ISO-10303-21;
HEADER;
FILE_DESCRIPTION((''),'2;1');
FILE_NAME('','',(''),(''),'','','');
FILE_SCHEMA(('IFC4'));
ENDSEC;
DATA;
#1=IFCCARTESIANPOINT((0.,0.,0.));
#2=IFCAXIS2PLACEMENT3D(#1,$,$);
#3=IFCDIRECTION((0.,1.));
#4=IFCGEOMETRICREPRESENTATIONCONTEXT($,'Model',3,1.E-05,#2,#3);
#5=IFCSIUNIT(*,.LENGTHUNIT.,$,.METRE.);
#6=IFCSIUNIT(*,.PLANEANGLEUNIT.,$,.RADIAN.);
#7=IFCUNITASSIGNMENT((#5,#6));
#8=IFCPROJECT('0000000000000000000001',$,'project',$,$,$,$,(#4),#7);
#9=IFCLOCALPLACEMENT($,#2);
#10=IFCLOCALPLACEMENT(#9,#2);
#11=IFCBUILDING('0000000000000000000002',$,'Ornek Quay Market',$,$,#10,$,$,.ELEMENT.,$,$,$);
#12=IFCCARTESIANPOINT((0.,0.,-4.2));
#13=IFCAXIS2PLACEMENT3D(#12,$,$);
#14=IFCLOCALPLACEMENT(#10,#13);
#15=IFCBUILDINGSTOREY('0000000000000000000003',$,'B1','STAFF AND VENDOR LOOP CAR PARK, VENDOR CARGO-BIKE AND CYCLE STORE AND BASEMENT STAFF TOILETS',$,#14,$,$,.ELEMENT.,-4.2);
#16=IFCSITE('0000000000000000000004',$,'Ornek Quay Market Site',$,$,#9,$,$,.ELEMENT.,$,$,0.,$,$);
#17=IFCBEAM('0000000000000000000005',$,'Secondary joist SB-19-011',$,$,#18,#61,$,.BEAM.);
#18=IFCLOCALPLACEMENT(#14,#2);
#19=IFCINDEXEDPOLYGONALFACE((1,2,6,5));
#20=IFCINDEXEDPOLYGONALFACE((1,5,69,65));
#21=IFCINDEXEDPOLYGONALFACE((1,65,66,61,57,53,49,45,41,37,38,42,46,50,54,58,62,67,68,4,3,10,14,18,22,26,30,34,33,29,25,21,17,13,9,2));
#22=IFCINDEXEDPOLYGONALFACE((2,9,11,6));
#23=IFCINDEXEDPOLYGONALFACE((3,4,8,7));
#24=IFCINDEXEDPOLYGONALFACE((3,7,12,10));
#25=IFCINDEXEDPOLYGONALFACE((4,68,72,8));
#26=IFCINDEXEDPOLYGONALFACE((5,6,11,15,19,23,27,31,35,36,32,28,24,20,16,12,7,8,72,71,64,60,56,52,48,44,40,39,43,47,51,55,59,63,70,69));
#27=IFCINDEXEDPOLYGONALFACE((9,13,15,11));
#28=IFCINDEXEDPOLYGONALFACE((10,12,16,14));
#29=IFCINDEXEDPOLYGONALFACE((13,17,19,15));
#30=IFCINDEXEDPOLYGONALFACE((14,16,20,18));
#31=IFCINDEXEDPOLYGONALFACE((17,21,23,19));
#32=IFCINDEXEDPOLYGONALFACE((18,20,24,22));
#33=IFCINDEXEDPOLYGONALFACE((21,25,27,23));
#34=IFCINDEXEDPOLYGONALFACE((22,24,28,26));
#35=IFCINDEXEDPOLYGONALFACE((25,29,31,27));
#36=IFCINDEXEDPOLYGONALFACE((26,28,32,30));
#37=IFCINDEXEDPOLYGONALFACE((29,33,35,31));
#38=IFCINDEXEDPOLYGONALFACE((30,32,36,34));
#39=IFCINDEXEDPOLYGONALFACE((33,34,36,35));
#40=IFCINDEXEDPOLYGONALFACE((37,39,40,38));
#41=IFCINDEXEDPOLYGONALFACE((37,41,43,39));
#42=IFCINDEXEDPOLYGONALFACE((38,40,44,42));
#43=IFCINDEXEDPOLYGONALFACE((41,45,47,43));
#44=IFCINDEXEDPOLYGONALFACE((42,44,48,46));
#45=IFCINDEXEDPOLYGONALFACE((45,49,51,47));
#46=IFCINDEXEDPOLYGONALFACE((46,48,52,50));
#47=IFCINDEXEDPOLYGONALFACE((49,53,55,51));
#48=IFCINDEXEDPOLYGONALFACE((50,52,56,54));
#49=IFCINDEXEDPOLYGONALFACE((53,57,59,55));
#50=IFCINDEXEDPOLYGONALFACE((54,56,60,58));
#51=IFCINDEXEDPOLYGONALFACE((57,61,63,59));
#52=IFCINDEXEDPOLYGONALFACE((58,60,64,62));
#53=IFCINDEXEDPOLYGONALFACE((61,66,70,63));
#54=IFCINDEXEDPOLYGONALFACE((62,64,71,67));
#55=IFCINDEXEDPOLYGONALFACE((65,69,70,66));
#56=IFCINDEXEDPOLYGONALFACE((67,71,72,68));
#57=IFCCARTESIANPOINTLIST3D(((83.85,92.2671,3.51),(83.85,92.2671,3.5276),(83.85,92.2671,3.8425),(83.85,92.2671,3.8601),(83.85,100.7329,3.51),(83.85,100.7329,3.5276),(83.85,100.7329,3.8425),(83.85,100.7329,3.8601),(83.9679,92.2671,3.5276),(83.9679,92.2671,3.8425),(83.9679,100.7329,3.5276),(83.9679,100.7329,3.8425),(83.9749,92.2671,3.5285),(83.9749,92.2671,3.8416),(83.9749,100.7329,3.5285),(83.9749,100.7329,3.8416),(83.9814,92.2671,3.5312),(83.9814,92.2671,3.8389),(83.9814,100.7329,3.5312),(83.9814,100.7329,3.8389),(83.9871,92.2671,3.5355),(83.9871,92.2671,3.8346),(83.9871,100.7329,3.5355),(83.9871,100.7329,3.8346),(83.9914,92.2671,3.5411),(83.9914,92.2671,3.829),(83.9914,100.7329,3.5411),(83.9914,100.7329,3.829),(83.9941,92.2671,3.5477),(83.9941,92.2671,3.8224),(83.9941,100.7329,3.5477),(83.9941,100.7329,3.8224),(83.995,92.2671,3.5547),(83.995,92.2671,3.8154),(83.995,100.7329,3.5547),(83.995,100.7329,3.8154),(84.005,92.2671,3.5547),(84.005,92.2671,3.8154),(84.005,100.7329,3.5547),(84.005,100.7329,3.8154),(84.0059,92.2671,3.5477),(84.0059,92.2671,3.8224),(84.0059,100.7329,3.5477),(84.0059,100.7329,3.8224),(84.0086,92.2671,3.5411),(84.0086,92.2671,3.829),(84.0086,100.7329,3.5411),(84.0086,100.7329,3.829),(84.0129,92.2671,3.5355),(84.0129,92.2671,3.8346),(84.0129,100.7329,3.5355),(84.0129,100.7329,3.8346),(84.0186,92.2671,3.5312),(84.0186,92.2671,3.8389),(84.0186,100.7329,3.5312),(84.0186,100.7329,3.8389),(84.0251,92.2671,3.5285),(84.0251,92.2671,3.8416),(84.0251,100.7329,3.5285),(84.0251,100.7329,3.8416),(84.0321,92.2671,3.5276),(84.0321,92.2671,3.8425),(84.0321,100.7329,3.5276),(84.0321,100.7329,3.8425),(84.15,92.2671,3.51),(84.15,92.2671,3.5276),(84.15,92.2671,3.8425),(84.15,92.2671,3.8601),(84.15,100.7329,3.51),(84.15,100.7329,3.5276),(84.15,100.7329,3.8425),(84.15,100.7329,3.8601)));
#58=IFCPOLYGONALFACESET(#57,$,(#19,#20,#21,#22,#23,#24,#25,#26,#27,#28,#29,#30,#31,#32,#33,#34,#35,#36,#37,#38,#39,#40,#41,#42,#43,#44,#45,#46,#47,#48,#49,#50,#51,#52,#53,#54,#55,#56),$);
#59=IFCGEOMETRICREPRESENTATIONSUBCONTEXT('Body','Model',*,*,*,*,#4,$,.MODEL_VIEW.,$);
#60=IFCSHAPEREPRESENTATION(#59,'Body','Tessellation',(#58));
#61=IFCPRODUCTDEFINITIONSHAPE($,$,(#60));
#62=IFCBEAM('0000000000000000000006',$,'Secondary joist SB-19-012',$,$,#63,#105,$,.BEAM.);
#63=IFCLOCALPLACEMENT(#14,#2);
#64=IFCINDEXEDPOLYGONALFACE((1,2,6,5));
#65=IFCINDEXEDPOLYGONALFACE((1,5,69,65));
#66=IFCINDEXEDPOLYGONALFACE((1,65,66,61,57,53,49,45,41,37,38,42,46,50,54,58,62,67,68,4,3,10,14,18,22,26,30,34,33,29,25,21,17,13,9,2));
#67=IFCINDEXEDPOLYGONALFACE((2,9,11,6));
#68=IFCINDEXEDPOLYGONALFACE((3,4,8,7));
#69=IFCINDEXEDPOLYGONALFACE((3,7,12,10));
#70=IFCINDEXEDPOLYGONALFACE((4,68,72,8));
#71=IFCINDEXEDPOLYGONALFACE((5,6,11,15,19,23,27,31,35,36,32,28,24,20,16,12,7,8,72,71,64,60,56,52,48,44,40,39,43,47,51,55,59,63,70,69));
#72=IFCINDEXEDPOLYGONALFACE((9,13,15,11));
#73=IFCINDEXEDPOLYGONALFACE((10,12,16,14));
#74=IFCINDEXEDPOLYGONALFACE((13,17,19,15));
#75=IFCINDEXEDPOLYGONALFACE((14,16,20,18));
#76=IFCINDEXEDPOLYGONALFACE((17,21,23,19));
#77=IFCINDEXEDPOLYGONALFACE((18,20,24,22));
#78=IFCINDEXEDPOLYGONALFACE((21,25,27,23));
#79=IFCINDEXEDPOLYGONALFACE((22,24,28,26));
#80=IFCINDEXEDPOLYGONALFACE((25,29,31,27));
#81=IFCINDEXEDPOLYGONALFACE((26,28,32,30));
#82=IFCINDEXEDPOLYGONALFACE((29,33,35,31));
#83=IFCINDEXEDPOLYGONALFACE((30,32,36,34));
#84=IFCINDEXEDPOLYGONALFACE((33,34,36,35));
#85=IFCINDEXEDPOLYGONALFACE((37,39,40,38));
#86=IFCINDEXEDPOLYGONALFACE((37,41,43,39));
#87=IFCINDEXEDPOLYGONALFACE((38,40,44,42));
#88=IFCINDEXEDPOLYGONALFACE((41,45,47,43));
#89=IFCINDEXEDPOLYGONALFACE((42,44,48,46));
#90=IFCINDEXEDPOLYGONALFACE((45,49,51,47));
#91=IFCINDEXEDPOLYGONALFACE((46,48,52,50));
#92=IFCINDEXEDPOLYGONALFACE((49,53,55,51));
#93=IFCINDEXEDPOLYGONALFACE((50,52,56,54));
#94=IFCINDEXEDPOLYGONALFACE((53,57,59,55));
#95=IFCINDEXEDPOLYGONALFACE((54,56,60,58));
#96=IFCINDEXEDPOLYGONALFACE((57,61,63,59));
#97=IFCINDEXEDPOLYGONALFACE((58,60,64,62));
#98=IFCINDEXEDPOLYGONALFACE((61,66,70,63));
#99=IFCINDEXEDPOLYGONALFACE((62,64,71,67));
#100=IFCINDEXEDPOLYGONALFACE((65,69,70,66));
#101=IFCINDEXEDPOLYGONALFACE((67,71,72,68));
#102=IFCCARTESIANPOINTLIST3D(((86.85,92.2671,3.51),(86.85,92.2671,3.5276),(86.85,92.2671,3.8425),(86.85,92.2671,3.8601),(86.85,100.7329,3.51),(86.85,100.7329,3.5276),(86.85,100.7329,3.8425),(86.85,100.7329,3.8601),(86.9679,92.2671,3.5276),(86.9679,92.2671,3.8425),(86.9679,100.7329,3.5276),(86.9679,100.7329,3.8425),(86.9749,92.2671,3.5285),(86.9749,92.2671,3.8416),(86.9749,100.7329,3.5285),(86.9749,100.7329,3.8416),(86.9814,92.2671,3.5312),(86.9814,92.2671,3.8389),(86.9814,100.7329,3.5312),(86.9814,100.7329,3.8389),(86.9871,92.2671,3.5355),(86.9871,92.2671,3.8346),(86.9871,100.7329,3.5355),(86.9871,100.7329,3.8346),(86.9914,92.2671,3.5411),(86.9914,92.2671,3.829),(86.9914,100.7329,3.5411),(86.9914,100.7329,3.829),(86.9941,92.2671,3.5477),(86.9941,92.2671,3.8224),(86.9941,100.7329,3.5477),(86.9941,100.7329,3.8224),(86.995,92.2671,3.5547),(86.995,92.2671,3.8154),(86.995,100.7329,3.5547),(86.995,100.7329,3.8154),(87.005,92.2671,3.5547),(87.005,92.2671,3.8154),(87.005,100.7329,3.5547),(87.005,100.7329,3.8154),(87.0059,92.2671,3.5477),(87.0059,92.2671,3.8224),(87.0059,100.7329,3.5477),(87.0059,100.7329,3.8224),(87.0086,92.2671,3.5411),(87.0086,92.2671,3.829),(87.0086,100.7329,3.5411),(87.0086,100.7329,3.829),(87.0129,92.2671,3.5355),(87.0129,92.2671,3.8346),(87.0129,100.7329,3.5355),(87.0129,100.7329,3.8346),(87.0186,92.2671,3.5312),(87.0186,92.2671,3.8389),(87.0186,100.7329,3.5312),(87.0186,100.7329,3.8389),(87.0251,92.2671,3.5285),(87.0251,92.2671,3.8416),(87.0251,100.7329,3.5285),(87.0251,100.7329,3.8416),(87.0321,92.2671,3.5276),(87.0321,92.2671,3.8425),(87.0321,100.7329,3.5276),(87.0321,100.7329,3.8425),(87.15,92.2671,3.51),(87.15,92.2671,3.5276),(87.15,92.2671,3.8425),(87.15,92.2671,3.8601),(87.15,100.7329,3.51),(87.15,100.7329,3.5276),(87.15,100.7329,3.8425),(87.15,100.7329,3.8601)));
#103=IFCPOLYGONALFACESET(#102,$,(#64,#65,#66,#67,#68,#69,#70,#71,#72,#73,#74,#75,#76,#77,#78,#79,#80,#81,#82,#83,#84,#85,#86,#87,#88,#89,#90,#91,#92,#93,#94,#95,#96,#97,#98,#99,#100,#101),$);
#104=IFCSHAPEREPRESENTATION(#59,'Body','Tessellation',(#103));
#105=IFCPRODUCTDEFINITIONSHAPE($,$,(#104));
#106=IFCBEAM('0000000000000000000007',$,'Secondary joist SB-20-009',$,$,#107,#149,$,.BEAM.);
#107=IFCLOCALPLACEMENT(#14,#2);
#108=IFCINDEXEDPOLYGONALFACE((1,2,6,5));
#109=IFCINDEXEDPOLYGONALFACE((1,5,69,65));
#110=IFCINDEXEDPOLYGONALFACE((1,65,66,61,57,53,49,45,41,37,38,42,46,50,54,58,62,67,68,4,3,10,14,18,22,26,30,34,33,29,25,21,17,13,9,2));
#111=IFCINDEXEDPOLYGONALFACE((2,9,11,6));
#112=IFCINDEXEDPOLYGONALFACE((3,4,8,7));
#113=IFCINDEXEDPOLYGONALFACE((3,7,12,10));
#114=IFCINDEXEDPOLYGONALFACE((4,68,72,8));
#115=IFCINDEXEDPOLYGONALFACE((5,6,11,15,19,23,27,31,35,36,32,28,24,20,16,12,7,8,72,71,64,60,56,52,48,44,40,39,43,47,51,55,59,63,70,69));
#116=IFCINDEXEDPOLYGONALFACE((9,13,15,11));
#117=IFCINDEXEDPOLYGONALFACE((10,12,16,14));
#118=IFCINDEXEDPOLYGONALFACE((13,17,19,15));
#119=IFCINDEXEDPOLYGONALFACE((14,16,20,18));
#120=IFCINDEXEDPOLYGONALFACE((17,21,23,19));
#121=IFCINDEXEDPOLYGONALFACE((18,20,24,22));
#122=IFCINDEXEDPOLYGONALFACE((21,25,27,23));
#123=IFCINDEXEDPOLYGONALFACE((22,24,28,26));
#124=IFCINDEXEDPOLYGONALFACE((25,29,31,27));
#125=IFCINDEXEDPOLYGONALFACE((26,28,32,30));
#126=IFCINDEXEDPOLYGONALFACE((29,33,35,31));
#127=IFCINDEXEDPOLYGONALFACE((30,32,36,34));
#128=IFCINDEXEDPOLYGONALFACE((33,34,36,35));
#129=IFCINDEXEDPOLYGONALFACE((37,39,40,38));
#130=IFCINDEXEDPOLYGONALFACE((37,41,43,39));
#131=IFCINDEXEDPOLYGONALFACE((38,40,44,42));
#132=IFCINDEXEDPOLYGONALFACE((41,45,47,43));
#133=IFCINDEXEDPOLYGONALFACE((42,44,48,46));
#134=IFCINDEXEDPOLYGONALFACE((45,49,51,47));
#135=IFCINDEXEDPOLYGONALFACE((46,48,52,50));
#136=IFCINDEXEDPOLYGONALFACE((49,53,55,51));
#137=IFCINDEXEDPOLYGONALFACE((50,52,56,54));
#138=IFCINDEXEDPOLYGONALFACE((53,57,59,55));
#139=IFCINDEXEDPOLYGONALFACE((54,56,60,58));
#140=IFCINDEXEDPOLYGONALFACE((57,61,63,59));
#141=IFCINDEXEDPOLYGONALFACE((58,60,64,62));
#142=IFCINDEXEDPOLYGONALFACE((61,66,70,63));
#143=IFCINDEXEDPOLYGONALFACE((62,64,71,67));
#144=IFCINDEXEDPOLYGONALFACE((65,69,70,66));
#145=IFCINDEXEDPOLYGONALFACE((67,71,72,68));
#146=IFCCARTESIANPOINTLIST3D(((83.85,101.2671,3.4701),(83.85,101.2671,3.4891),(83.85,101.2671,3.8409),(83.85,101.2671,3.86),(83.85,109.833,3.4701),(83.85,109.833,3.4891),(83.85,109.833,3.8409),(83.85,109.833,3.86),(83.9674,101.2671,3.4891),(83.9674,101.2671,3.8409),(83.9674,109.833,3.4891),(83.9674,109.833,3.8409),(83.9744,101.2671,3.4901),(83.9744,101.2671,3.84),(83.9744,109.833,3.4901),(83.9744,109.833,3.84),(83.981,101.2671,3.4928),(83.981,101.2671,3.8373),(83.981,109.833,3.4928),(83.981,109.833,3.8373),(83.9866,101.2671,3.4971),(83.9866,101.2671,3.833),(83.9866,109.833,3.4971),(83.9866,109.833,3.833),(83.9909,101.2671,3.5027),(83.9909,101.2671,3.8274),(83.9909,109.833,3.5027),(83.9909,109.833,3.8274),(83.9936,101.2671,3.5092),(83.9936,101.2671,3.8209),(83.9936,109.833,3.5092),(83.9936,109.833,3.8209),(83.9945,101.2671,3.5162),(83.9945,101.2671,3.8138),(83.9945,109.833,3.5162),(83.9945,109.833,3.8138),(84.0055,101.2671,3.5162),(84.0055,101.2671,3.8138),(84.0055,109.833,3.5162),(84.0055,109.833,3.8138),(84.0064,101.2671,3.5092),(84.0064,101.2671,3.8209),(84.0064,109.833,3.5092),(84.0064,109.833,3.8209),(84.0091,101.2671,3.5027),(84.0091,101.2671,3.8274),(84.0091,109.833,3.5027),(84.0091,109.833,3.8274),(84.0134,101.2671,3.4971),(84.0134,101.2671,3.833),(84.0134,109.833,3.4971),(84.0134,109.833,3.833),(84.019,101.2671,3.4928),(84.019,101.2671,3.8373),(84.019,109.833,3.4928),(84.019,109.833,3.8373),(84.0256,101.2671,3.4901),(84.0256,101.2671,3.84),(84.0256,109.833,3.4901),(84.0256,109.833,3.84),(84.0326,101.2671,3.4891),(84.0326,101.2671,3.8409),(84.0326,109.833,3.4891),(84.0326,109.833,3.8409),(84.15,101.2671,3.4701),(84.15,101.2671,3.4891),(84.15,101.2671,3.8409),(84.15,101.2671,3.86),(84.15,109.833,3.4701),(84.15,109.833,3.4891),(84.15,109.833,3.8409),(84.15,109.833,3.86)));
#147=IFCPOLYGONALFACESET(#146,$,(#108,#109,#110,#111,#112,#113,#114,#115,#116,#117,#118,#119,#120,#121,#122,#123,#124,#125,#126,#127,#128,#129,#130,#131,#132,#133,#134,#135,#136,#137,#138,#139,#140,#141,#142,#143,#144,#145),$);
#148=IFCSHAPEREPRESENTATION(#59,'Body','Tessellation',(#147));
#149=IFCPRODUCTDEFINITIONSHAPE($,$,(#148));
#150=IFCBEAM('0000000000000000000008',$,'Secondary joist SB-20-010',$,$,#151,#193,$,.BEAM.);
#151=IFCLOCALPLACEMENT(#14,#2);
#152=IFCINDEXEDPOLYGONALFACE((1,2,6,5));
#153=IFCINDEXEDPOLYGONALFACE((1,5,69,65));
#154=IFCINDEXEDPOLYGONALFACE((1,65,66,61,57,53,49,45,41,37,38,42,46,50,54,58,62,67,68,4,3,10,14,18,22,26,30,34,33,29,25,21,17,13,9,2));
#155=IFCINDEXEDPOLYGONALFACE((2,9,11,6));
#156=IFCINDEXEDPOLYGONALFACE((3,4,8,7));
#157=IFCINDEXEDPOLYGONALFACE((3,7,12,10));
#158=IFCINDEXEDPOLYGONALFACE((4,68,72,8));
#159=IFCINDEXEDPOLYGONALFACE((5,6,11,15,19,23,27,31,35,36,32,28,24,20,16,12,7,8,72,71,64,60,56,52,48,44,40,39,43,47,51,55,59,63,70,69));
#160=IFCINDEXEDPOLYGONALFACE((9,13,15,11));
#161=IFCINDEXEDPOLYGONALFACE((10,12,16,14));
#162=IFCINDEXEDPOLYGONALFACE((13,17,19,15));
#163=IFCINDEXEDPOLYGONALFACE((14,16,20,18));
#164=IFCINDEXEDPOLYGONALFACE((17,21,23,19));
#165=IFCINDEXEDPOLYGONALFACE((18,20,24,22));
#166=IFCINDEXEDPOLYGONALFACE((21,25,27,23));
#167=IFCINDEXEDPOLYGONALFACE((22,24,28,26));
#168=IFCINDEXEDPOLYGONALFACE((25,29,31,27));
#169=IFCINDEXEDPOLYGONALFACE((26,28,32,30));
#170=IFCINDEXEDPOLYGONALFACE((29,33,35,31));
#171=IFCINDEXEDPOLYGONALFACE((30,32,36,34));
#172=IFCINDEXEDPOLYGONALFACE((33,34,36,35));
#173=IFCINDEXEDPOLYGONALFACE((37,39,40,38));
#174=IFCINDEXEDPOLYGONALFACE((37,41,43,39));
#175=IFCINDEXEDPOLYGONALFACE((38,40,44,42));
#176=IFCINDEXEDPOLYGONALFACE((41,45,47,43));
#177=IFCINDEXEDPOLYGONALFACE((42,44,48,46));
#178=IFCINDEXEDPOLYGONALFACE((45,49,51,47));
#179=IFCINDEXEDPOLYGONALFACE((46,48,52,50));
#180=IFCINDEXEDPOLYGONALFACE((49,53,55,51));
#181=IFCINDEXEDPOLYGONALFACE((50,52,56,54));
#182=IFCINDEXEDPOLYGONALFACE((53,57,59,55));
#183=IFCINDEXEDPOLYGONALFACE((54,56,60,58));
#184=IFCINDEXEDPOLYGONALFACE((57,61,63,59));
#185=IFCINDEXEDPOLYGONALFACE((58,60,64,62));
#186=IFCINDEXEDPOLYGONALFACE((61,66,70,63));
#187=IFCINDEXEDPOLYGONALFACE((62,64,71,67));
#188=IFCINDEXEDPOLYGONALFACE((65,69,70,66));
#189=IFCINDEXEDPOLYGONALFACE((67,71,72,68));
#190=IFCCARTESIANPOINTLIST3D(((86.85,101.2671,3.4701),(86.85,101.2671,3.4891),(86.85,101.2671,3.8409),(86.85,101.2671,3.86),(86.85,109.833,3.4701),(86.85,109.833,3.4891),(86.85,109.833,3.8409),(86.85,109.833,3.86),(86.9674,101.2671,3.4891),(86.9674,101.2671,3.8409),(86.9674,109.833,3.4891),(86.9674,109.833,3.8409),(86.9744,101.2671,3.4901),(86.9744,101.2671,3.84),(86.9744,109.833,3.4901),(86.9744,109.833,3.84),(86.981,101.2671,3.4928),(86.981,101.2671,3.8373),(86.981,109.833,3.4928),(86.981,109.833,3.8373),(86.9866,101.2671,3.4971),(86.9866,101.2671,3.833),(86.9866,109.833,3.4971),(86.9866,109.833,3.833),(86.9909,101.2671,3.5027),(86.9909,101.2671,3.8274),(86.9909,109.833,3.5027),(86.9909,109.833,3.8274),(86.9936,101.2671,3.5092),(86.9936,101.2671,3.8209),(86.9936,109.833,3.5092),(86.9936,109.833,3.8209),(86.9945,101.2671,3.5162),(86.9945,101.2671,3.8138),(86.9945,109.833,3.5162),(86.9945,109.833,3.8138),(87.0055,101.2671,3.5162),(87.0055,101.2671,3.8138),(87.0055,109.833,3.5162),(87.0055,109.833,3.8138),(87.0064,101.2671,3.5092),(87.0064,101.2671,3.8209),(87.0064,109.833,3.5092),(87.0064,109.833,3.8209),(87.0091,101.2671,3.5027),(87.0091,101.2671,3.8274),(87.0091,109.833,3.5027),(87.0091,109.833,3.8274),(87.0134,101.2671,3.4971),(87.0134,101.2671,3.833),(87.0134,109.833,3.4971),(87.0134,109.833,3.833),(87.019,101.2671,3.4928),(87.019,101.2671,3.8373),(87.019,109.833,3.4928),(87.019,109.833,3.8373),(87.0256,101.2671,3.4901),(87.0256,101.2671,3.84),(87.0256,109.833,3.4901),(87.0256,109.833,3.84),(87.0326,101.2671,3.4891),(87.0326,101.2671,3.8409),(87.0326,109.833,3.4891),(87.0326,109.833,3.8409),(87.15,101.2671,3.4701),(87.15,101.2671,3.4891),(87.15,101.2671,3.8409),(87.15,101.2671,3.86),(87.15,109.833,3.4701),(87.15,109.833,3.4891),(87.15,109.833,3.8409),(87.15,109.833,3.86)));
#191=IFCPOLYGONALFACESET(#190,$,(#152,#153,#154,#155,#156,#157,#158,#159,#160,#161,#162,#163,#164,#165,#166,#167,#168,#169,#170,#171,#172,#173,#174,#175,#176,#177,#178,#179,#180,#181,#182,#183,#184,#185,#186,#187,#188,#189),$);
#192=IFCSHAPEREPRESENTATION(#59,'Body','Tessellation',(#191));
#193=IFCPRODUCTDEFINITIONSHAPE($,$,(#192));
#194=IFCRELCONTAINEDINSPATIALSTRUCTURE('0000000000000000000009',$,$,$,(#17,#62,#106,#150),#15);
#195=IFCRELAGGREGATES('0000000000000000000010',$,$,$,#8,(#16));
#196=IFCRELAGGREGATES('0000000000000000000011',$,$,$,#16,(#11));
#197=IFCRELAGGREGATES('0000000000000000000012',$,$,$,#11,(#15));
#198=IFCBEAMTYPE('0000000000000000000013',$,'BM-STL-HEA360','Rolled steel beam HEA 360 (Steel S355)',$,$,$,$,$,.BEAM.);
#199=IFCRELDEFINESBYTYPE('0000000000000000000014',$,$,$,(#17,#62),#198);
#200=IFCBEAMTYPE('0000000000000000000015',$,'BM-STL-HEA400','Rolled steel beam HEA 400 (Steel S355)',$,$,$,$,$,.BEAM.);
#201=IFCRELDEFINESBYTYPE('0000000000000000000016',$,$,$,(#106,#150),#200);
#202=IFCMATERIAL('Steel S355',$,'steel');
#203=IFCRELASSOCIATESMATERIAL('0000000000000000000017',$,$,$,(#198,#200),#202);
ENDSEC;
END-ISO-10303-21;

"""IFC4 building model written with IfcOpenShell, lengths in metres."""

from ifc_helpers import new_model, si_unit, direction, frame, origin, origin_2d, place, context, subcontext, project, spatial, i_section, extrude, material, material_profile, profile_set, type_object, element, save


model = new_model("IFC4")

# Units and contexts
model_context = context("Model", 3, precision=1e-05, world=origin(), true_north=direction((0.0, 1.0)))
body_context = subcontext(model_context, "Body", "Model", "MODEL_VIEW")
ifc_project = project(units=[si_unit("LENGTHUNIT", "METRE"), si_unit("PLANEANGLEUNIT", "RADIAN")], contexts=[model_context])

# Site, building, storey
site_placement = place(None, origin())
site = spatial("IfcSite", under=ifc_project, at=site_placement, Name="Ornek Quay Market Site", CompositionType="ELEMENT", RefElevation=0.0)
building_placement = place(site_placement, origin())
building = spatial("IfcBuilding", under=site, at=building_placement, Name="Ornek Quay Market", CompositionType="ELEMENT")
storey_placement = place(building_placement, frame((0.0, 0.0, -4.2)))
storey = spatial("IfcBuildingStorey", under=building, at=storey_placement, Name="B1", Description="STAFF AND VENDOR LOOP CAR PARK, VENDOR CARGO-BIKE AND CYCLE STORE AND BASEMENT STAFF TOILETS", CompositionType="ELEMENT", Elevation=-4.2)

# Beams
ifc_material_1 = material(Name="Steel S355", Category="steel")
ifc_material_profile_1 = material_profile(ifc_material_1, i_section(OverallWidth=0.3, OverallDepth=0.3501, WebThickness=0.01, FlangeThickness=0.0176, FilletRadius=0.0271, at=origin_2d()), Name="HEA 360", Category="steel")
ifc_profile_set_1 = profile_set([ifc_material_profile_1], Name="Steel S355")
beam_type_1 = type_object("IfcBeamType", Name="BM-STL-HEA360", Description="Rolled steel beam HEA 360 (Steel S355)", PredefinedType="BEAM", material=ifc_profile_set_1)
for number, where, z_axis, x_axis, name in (
    (1, (84.0, 92.2671, 3.6851), (0.0, 1.0, 0.0), (-1.0, 0.0, 0.0), "Secondary joist SB-19-011"),
    (2, (87.0, 92.2671, 3.6851), (0.0, 1.0, 0.0), (-1.0, 0.0, 0.0), "Secondary joist SB-19-012"),
):
    element("IfcBeam", number, at=place(storey_placement, frame(where, z_axis=z_axis, x_axis=x_axis)), inside=storey, type_object=beam_type_1, Name=name, PredefinedType="BEAM", context=body_context, shape_type="SweptSolid", body=[
        extrude(i_section(OverallWidth=0.3, OverallDepth=0.3501, WebThickness=0.01, FlangeThickness=0.0176, FilletRadius=0.0271, at=origin_2d()), origin(), (0.0, 0.0, 1.0), 8.4658),
    ])
ifc_material_profile_2 = material_profile(ifc_material_1, i_section(OverallWidth=0.3, OverallDepth=0.3899, WebThickness=0.011, FlangeThickness=0.019, FilletRadius=0.0271, at=origin_2d()), Name="HEA 400", Category="steel")
ifc_profile_set_2 = profile_set([ifc_material_profile_2], Name="Steel S355")
beam_type_2 = type_object("IfcBeamType", Name="BM-STL-HEA400", Description="Rolled steel beam HEA 400 (Steel S355)", PredefinedType="BEAM", material=ifc_profile_set_2)
for number, where, z_axis, x_axis, name in (
    (3, (84.0, 101.2671, 3.665), (0.0, 1.0, 0.0), (-1.0, 0.0, 0.0), "Secondary joist SB-20-009"),
    (4, (87.0, 101.2671, 3.665), (0.0, 1.0, 0.0), (-1.0, 0.0, 0.0), "Secondary joist SB-20-010"),
):
    element("IfcBeam", number, at=place(storey_placement, frame(where, z_axis=z_axis, x_axis=x_axis)), inside=storey, type_object=beam_type_2, Name=name, PredefinedType="BEAM", context=body_context, shape_type="SweptSolid", body=[
        extrude(i_section(OverallWidth=0.3, OverallDepth=0.3899, WebThickness=0.011, FlangeThickness=0.019, FilletRadius=0.0271, at=origin_2d()), origin(), (0.0, 0.0, 1.0), 8.5659),
    ])

save(model, "model.ifc")
